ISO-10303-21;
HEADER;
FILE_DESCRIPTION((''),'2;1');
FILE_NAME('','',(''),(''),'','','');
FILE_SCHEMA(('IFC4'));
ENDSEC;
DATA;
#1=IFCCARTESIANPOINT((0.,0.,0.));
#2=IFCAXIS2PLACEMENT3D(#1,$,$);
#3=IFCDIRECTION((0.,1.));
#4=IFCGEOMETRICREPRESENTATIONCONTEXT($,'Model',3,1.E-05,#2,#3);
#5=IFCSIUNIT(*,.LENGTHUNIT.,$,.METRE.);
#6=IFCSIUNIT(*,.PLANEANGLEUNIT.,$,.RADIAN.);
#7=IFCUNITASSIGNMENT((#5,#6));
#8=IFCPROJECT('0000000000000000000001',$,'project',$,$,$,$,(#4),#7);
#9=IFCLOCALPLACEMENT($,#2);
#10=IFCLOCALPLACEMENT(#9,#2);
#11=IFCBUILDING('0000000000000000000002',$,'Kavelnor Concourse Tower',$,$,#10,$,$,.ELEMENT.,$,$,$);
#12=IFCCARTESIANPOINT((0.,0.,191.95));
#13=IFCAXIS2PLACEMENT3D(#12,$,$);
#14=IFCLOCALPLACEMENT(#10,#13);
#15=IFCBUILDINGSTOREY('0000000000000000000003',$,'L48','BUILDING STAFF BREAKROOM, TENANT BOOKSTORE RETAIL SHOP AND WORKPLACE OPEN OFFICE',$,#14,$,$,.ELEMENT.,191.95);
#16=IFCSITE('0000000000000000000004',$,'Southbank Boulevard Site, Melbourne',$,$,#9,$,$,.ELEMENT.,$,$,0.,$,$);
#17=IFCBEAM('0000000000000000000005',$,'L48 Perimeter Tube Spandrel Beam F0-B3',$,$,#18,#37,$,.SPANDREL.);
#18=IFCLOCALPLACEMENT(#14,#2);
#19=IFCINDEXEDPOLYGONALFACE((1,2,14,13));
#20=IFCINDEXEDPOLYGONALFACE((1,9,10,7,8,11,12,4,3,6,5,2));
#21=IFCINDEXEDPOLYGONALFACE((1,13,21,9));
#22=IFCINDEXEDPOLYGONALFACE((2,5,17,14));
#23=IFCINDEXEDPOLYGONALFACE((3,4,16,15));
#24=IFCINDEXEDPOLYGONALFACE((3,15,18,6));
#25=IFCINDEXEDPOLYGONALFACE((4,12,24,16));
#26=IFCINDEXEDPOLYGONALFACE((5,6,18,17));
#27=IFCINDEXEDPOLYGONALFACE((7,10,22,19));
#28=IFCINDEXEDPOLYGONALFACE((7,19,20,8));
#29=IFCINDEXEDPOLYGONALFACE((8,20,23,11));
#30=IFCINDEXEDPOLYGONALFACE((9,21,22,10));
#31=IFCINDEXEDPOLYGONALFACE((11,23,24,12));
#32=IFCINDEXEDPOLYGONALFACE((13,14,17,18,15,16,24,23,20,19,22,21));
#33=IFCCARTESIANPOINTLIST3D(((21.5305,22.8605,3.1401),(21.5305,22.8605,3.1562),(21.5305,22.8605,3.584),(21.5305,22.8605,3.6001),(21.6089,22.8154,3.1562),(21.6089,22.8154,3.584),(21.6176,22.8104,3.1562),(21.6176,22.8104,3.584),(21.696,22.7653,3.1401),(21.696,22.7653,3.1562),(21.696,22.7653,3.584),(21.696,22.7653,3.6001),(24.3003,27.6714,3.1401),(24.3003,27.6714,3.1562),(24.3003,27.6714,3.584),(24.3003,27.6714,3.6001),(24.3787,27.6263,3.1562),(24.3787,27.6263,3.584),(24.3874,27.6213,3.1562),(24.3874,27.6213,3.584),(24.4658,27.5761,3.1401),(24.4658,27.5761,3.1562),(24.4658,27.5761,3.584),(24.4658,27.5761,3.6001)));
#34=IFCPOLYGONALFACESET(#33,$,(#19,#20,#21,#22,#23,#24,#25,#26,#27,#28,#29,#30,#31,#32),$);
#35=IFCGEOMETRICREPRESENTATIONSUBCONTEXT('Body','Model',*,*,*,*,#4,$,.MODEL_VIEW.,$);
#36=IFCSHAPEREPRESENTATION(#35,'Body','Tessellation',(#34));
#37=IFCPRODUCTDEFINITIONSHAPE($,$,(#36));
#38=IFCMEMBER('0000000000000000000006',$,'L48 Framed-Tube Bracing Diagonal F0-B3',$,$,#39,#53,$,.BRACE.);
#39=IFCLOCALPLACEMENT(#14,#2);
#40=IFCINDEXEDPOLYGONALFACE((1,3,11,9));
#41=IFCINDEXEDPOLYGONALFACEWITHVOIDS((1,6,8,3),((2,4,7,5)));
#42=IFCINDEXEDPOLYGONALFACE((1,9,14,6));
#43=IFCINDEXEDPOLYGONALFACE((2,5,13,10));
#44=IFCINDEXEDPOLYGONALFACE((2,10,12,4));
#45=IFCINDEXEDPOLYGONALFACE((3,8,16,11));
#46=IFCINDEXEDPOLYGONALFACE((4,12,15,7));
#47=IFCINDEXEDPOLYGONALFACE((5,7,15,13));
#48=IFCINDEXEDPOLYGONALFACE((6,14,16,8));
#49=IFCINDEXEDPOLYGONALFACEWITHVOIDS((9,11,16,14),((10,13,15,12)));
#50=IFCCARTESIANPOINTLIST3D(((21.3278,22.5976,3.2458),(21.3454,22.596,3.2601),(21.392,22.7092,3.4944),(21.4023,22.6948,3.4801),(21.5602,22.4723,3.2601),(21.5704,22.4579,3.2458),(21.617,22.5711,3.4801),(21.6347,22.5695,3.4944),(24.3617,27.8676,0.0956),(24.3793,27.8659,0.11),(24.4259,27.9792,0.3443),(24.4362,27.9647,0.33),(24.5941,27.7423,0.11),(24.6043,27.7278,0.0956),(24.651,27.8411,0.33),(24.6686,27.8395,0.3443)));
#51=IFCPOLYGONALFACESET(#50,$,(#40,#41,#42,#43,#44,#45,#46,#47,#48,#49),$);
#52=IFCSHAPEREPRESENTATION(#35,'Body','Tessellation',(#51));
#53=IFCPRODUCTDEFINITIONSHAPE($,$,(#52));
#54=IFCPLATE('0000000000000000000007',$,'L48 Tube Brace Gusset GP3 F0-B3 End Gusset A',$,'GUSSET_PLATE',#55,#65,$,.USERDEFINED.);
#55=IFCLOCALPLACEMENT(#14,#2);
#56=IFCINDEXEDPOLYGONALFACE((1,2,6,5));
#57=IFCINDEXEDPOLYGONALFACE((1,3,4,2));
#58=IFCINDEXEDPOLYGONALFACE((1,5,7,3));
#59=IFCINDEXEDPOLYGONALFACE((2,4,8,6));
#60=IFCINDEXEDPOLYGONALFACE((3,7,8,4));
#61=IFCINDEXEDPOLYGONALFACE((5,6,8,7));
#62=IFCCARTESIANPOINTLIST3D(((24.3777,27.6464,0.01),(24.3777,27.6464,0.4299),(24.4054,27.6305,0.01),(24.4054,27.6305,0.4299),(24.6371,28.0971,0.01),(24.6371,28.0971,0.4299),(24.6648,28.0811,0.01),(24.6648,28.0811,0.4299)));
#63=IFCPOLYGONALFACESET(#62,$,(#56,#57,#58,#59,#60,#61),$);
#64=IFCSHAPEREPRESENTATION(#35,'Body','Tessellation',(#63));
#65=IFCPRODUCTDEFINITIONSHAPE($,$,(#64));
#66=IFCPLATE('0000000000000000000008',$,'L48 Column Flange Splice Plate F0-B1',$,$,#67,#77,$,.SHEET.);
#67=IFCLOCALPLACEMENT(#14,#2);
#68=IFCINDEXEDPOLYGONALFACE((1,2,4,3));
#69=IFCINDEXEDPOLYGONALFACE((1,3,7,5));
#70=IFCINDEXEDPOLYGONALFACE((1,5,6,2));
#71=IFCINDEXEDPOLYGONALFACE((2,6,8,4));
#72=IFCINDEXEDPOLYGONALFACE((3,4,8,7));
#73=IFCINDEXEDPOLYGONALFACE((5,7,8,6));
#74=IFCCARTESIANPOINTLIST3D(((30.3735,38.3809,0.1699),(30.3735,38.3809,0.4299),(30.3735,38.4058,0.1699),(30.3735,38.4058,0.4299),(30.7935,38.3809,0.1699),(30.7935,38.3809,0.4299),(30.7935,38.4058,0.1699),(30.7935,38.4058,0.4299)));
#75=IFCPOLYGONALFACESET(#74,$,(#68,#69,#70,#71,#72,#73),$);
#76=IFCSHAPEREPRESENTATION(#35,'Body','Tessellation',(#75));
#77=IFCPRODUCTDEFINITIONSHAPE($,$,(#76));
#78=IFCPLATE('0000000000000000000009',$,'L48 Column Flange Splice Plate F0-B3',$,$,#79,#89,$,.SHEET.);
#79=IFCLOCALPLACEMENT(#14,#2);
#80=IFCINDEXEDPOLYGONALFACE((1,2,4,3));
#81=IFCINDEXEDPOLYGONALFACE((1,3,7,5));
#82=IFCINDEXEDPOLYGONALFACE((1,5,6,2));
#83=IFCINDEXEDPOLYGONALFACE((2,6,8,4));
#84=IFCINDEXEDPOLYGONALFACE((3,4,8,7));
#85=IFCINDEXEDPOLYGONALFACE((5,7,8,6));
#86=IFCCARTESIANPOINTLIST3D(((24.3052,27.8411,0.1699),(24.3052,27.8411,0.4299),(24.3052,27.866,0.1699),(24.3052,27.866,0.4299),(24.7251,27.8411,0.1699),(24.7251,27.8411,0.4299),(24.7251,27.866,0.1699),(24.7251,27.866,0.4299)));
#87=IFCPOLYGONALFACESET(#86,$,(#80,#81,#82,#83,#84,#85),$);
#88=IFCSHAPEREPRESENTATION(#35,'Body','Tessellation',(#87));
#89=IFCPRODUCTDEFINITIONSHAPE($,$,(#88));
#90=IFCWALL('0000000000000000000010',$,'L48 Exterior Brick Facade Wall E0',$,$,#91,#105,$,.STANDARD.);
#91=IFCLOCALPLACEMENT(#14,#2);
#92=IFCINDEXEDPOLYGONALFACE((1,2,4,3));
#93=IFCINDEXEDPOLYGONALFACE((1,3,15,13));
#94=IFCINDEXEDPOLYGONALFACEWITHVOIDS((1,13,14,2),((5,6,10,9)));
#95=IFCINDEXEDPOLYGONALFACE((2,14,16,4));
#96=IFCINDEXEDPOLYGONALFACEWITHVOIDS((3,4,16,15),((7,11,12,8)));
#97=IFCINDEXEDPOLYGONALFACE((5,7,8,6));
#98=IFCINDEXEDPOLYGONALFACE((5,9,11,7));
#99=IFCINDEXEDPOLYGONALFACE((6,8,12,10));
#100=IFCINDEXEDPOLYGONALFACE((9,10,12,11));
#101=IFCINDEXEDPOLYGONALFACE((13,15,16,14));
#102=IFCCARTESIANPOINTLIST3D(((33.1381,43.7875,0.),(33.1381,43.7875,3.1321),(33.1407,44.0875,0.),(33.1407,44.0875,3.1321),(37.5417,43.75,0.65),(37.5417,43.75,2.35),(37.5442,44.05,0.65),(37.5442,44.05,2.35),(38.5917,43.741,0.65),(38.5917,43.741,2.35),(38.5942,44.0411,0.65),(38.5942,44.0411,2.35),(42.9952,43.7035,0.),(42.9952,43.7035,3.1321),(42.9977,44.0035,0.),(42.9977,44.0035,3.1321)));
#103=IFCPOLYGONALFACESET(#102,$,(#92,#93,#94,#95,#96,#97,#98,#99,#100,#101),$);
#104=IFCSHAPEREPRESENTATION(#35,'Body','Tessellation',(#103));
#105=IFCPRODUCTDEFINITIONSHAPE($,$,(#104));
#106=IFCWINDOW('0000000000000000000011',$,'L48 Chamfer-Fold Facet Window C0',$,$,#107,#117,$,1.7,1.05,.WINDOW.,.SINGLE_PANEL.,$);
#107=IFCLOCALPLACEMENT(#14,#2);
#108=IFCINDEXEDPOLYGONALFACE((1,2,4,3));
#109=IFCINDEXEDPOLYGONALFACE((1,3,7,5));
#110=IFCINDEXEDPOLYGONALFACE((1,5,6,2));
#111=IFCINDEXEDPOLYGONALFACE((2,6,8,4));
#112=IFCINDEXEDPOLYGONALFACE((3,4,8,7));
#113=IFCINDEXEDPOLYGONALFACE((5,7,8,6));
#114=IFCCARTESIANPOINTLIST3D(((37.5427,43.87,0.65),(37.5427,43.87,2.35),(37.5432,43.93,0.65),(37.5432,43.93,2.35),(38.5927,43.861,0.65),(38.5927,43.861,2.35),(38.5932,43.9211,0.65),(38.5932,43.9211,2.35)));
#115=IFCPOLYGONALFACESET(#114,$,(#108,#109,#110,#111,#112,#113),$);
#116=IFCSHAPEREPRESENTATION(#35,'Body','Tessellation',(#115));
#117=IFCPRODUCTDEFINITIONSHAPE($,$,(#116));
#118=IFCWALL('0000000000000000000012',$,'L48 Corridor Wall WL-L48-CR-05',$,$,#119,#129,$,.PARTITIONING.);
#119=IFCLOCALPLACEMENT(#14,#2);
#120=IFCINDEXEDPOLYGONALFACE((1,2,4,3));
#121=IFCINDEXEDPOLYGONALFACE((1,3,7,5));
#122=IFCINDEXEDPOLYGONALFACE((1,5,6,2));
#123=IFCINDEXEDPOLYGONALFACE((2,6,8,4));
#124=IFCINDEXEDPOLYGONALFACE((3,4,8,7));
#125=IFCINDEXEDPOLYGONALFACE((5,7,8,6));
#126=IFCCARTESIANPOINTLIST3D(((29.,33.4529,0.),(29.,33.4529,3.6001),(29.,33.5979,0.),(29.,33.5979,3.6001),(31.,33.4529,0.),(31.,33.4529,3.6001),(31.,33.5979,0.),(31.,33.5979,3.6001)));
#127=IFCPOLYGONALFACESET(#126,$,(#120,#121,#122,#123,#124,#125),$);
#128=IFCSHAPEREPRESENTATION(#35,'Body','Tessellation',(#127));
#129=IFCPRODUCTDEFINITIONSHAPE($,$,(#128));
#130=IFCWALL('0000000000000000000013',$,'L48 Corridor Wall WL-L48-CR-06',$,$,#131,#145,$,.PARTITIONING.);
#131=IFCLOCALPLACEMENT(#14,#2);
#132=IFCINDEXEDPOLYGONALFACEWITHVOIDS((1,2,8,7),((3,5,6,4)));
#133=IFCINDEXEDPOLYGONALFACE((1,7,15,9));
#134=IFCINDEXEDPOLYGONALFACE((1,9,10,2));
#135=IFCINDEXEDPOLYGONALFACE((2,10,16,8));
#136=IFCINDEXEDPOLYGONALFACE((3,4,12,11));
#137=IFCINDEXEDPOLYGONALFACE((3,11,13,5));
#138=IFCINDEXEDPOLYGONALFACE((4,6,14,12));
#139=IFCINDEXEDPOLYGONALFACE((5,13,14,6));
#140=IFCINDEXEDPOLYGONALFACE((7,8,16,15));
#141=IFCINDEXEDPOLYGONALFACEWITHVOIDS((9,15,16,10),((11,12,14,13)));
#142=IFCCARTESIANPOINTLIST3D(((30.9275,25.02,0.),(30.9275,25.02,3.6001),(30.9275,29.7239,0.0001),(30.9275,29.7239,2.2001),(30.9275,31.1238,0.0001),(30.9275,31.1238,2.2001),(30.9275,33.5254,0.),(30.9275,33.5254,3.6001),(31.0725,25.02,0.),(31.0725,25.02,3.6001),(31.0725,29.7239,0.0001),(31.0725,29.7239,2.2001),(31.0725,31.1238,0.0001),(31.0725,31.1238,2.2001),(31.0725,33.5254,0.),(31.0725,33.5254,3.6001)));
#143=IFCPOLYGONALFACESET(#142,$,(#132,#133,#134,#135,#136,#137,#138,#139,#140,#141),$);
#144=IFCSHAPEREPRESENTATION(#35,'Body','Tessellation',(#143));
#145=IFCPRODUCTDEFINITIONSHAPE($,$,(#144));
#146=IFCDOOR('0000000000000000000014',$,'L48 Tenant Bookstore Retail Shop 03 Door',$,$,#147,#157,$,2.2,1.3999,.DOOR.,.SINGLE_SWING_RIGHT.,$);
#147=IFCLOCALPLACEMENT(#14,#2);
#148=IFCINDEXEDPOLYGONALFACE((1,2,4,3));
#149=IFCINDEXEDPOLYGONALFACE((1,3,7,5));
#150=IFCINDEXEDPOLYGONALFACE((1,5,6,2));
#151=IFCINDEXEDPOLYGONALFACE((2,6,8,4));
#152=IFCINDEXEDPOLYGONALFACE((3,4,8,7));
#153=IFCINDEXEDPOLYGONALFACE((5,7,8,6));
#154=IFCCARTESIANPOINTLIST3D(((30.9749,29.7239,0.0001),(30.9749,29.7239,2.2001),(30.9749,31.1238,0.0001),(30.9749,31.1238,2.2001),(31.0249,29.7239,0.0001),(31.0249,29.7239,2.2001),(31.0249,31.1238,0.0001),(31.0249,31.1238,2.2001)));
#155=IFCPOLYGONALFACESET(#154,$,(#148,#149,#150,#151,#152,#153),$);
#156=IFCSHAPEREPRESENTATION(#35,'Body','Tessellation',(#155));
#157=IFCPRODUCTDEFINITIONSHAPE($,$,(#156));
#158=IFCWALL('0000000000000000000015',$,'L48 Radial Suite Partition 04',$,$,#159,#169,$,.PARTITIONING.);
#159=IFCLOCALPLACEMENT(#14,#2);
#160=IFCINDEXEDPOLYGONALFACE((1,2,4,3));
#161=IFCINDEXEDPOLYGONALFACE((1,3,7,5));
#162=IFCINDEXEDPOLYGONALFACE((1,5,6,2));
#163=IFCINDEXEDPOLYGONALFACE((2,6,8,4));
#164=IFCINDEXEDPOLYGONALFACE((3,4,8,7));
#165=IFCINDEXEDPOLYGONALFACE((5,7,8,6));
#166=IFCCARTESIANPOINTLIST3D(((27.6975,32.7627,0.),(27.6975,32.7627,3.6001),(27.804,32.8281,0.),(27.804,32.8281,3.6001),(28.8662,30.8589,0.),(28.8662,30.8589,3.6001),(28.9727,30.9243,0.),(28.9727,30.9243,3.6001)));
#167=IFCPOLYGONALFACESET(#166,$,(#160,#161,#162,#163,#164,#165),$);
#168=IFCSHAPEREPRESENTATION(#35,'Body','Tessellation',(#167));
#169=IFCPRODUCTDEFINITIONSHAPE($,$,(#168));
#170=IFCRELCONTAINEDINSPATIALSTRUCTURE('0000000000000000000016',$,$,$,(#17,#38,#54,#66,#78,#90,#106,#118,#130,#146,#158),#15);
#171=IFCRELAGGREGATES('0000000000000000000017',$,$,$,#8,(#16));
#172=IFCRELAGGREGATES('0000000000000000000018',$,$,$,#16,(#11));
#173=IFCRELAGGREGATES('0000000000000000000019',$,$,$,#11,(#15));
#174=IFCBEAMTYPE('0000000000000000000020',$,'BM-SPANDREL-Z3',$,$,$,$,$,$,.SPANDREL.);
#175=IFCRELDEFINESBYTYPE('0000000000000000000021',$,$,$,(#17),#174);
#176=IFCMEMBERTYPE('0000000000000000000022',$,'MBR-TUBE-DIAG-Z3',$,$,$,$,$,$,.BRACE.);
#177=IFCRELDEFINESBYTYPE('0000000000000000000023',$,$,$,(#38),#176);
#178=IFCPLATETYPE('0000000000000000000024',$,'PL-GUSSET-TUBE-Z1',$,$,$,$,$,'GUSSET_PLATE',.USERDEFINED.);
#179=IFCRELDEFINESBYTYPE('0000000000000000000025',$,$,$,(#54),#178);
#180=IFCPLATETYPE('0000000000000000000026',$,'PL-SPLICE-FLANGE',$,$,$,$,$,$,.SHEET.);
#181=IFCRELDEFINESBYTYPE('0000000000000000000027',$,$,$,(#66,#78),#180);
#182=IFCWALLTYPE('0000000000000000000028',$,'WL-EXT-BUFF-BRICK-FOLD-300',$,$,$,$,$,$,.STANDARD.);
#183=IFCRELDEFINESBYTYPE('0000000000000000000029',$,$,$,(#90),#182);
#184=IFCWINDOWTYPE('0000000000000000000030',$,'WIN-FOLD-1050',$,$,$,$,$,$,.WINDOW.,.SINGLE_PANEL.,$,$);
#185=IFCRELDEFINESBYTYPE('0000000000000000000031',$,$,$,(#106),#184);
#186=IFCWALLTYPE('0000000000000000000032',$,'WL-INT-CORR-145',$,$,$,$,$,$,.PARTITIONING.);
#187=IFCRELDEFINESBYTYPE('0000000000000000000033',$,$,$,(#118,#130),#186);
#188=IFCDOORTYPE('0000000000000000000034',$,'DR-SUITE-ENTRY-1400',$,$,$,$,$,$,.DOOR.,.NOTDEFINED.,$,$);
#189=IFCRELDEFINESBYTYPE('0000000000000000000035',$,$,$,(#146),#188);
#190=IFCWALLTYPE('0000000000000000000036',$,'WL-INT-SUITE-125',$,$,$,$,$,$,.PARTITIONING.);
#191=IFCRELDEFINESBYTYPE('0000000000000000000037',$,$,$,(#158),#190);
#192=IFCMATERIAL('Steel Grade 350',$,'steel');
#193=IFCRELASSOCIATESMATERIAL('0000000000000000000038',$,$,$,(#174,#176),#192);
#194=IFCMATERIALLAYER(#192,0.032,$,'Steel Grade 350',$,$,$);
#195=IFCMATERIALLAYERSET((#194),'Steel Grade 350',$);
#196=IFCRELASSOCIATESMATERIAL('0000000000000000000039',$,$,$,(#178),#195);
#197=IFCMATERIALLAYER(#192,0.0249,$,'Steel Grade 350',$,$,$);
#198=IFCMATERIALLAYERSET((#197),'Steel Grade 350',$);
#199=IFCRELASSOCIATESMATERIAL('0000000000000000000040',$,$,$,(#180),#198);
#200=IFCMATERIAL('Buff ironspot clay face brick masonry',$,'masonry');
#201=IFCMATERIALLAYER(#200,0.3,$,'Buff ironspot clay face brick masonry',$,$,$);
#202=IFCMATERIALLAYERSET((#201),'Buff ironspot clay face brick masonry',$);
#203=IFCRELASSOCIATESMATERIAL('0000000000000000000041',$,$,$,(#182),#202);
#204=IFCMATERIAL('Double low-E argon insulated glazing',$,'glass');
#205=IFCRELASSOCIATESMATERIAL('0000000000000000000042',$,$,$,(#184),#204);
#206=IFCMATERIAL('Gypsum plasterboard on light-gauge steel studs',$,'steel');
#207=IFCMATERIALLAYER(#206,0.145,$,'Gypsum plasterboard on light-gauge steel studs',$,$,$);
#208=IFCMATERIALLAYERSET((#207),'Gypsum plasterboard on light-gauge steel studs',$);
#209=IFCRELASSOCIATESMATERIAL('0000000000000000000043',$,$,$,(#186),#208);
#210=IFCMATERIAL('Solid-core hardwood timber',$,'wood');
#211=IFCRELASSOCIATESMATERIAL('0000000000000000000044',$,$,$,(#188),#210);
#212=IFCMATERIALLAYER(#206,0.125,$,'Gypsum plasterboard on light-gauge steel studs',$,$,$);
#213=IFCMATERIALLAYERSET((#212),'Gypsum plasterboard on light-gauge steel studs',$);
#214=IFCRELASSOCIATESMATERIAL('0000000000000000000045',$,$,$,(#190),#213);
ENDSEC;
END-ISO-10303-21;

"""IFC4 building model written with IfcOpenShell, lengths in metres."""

from ifc_helpers import new_model, si_unit, direction, frame, frame_2d, origin, origin_2d, place, context, subcontext, project, spatial, rectangle, hollow_rectangle, i_section, extrude, material, layer, layer_set, material_profile, profile_set, type_object, element, fill, save


model = new_model("IFC4")

# Units and contexts
model_context = context("Model", 3, precision=1e-05, world=origin(), true_north=direction((0.0, 1.0)))
body_context = subcontext(model_context, "Body", "Model", "MODEL_VIEW")
ifc_project = project(units=[si_unit("LENGTHUNIT", "METRE"), si_unit("PLANEANGLEUNIT", "RADIAN")], contexts=[model_context])

# Site, building, storey
site_placement = place(None, origin())
site = spatial("IfcSite", under=ifc_project, at=site_placement, Name="Southbank Boulevard Site, Melbourne", CompositionType="ELEMENT", RefElevation=0.0)
building_placement = place(site_placement, origin())
building = spatial("IfcBuilding", under=site, at=building_placement, Name="Kavelnor Concourse Tower", CompositionType="ELEMENT")
storey_placement = place(building_placement, frame((0.0, 0.0, 191.95)))
storey = spatial("IfcBuildingStorey", under=building, at=storey_placement, Name="L48", Description="BUILDING STAFF BREAKROOM, TENANT BOOKSTORE RETAIL SHOP AND WORKPLACE OPEN OFFICE", CompositionType="ELEMENT", Elevation=191.95)

# Shared definitions
ifc_material_1 = material(Name="Steel Grade 350", Category="steel")

# Beam
ifc_material_profile_1 = material_profile(ifc_material_1, i_section(OverallWidth=0.1909, OverallDepth=0.46, WebThickness=0.01, FlangeThickness=0.0161, at=origin_2d()), Name="460UB82")
ifc_profile_set_1 = profile_set([ifc_material_profile_1], Name="Steel Grade 350")
beam_type_1 = type_object("IfcBeamType", Name="BM-SPANDREL-Z3", PredefinedType="SPANDREL", material=ifc_profile_set_1)
beam_1_placement = place(storey_placement, frame((24.3831, 27.6238, 3.3701), z_axis=(-0.498954, -0.866628, 0.0), x_axis=(0.866628, -0.498954, 0.0)))
element("IfcBeam", 1, at=beam_1_placement, inside=storey, type_object=beam_type_1, Name="L48 Perimeter Tube Spandrel Beam F0-B3", PredefinedType="SPANDREL", context=body_context, shape_type="SweptSolid", body=[
    extrude(i_section(OverallWidth=0.1909, OverallDepth=0.46, WebThickness=0.01, FlangeThickness=0.0161, at=origin_2d()), origin(), (0.0, 0.0, 1.0), 5.5513),
])

# Member
ifc_material_profile_2 = material_profile(ifc_material_1, hollow_rectangle(XDim=0.28, YDim=0.28, WallThickness=0.0161, at=origin_2d()), Name="SHS 280x280x16")
ifc_profile_set_2 = profile_set([ifc_material_profile_2], Name="Steel Grade 350")
member_type = type_object("IfcMemberType", Name="MBR-TUBE-DIAG-Z3", PredefinedType="BRACE", material=ifc_profile_set_2)
member_placement = place(storey_placement, frame((24.5151, 27.8535, 0.22), z_axis=(-0.44301, -0.76952, 0.459979), x_axis=(0.866645, -0.498925, 0.0)))
element("IfcMember", 2, at=member_placement, inside=storey, type_object=member_type, Name="L48 Framed-Tube Bracing Diagonal F0-B3", PredefinedType="BRACE", context=body_context, shape_type="SweptSolid", body=[
    extrude(hollow_rectangle(XDim=0.28, YDim=0.28, WallThickness=0.0161, at=origin_2d()), origin(), (0.0, 0.0, 1.0), 6.8484),
])

# Plates
ifc_layer_1 = layer(ifc_material_1, 0.032, Name="Steel Grade 350")
ifc_layer_set_1 = layer_set([ifc_layer_1], Name="Steel Grade 350")
plate_type_1 = type_object("IfcPlateType", Name="PL-GUSSET-TUBE-Z1", ElementType="GUSSET_PLATE", PredefinedType="USERDEFINED", material=ifc_layer_set_1)
plate_placement = place(storey_placement, frame((24.5212, 27.8638, 0.01), z_axis=(0.0, 0.0, 1.0), x_axis=(-0.498942, -0.866636, 0.0)))
element("IfcPlate", 3, at=plate_placement, inside=storey, type_object=plate_type_1, Name="L48 Tube Brace Gusset GP3 F0-B3 End Gusset A", ObjectType="GUSSET_PLATE", PredefinedType="USERDEFINED", context=body_context, shape_type="SweptSolid", body=[
    extrude(rectangle(XDim=0.52, YDim=0.032, at=origin_2d()), origin(), (0.0, 0.0, 1.0), 0.4199),
])
ifc_layer_2 = layer(ifc_material_1, 0.0249, Name="Steel Grade 350")
ifc_layer_set_2 = layer_set([ifc_layer_2], Name="Steel Grade 350")
plate_type_2 = type_object("IfcPlateType", Name="PL-SPLICE-FLANGE", PredefinedType="SHEET", material=ifc_layer_set_2)
for number, where, z_axis, x_axis, name in (
    (4, (30.5835, 38.3933, 0.1699), (0.0, 0.0, 1.0), (1.0, 0.0, 0.0), "L48 Column Flange Splice Plate F0-B1"),
    (5, (24.5151, 27.8535, 0.1699), (0.0, 0.0, 1.0), (1.0, 0.0, 0.0), "L48 Column Flange Splice Plate F0-B3"),
):
    element("IfcPlate", number, at=place(storey_placement, frame(where, z_axis=z_axis, x_axis=x_axis)), inside=storey, type_object=plate_type_2, Name=name, PredefinedType="SHEET", context=body_context, shape_type="SweptSolid", body=[
        extrude(rectangle(XDim=0.4199, YDim=0.0249, at=origin_2d()), origin(), (0.0, 0.0, 1.0), 0.26),
    ])

# Wall, opening, window
ifc_material_2 = material(Name="Buff ironspot clay face brick masonry", Category="masonry")
ifc_layer_3 = layer(ifc_material_2, 0.3, Name="Buff ironspot clay face brick masonry")
ifc_layer_set_3 = layer_set([ifc_layer_3], Name="Buff ironspot clay face brick masonry")
wall_type_1 = type_object("IfcWallType", Name="WL-EXT-BUFF-BRICK-FOLD-300", PredefinedType="STANDARD", material=ifc_layer_set_3)
wall_1_placement = place(storey_placement, frame((33.1394, 43.9375, 0.0), z_axis=(0.0, 0.0, 1.0), x_axis=(0.999964, -0.00852, 0.0)))
wall_1 = element("IfcWall", 6, at=wall_1_placement, inside=storey, type_object=wall_type_1, Name="L48 Exterior Brick Facade Wall E0", PredefinedType="STANDARD", context=body_context, shape_type="SweptSolid", body=[
    extrude(rectangle(XDim=9.8574, YDim=0.3, at=frame_2d((4.9287, 0.0))), origin(), (0.0, 0.0, 1.0), 3.1321),
])
opening_1_placement = place(wall_1_placement, frame((4.4038, 0.0, 0.6499)))
opening_1 = element("IfcOpeningElement", 7, at=opening_1_placement, cuts=wall_1, PredefinedType="OPENING", context=body_context, shape_type="SweptSolid", body=[
    extrude(rectangle(XDim=1.05, YDim=1.7, at=frame_2d((0.5249, 0.8501))), frame((0.0, 0.1602, 0.0), z_axis=(0.0, -1.0, 0.0), x_axis=(1.0, 0.0, 0.0)), (0.0, 0.0, 1.0), 0.3201),
])
ifc_material_3 = material(Name="Double low-E argon insulated glazing", Category="glass")
window_type = type_object("IfcWindowType", Name="WIN-FOLD-1050", PartitioningType="SINGLE_PANEL", PredefinedType="WINDOW", material=ifc_material_3)
window_placement = place(opening_1_placement, origin())
window = element("IfcWindow", 8, at=window_placement, inside=storey, type_object=window_type, Name="L48 Chamfer-Fold Facet Window C0", OverallHeight=1.7, OverallWidth=1.05, PartitioningType="SINGLE_PANEL", PredefinedType="WINDOW", context=body_context, shape_type="SweptSolid", body=[
    extrude(rectangle(XDim=1.05, YDim=1.7, at=frame_2d((0.5249, 0.8501))), frame((0.0, 0.03, 0.0), z_axis=(0.0, -1.0, 0.0), x_axis=(1.0, 0.0, 0.0)), (0.0, 0.0, 1.0), 0.0601),
])
fill(opening_1, window)

# Wall
ifc_material_4 = material(Name="Gypsum plasterboard on light-gauge steel studs", Category="steel")
ifc_layer_4 = layer(ifc_material_4, 0.145, Name="Gypsum plasterboard on light-gauge steel studs")
ifc_layer_set_4 = layer_set([ifc_layer_4], Name="Gypsum plasterboard on light-gauge steel studs")
wall_type_2 = type_object("IfcWallType", Name="WL-INT-CORR-145", PredefinedType="PARTITIONING", material=ifc_layer_set_4)
wall_2_placement = place(storey_placement, frame((29.0, 33.5254, 0.0), z_axis=(0.0, 0.0, 1.0), x_axis=(1.0, 0.0, 0.0)))
element("IfcWall", 9, at=wall_2_placement, inside=storey, type_object=wall_type_2, Name="L48 Corridor Wall WL-L48-CR-05", PredefinedType="PARTITIONING", context=body_context, shape_type="SweptSolid", body=[
    extrude(rectangle(XDim=2.0, YDim=0.145, at=frame_2d((1.0, 0.0))), origin(), (0.0, 0.0, 1.0), 3.6001),
])

# Wall, opening, door
wall_3_placement = place(storey_placement, frame((31.0, 33.5254, 0.0), z_axis=(0.0, 0.0, 1.0), x_axis=(0.0, -1.0, 0.0)))
wall_3 = element("IfcWall", 10, at=wall_3_placement, inside=storey, type_object=wall_type_2, Name="L48 Corridor Wall WL-L48-CR-06", PredefinedType="PARTITIONING", context=body_context, shape_type="SweptSolid", body=[
    extrude(rectangle(XDim=8.5054, YDim=0.145, at=frame_2d((4.2527, 0.0))), origin(), (0.0, 0.0, 1.0), 3.6001),
])
opening_2_placement = place(wall_3_placement, frame((2.4016, 0.0, 0.0)))
opening_2 = element("IfcOpeningElement", 11, at=opening_2_placement, cuts=wall_3, PredefinedType="OPENING", context=body_context, shape_type="SweptSolid", body=[
    extrude(rectangle(XDim=1.3999, YDim=2.2, at=frame_2d((0.7, 1.1001))), frame((0.0, 0.0825, 0.0), z_axis=(0.0, -1.0, 0.0), x_axis=(1.0, 0.0, 0.0)), (0.0, 0.0, 1.0), 0.165),
])
ifc_material_5 = material(Name="Solid-core hardwood timber", Category="wood")
door_type = type_object("IfcDoorType", Name="DR-SUITE-ENTRY-1400", OperationType="NOTDEFINED", PredefinedType="DOOR", material=ifc_material_5)
door_placement = place(opening_2_placement, origin())
door = element("IfcDoor", 12, at=door_placement, inside=storey, type_object=door_type, Name="L48 Tenant Bookstore Retail Shop 03 Door", OperationType="SINGLE_SWING_RIGHT", OverallHeight=2.2, OverallWidth=1.3999, PredefinedType="DOOR", context=body_context, shape_type="SweptSolid", body=[
    extrude(rectangle(XDim=1.3999, YDim=2.2, at=frame_2d((0.7, 1.1001))), frame((0.0, 0.0249, 0.0), z_axis=(0.0, -1.0, 0.0), x_axis=(1.0, 0.0, 0.0)), (0.0, 0.0, 1.0), 0.05),
])
fill(opening_2, door)

# Wall
ifc_layer_5 = layer(ifc_material_4, 0.125, Name="Gypsum plasterboard on light-gauge steel studs")
ifc_layer_set_5 = layer_set([ifc_layer_5], Name="Gypsum plasterboard on light-gauge steel studs")
wall_type_3 = type_object("IfcWallType", Name="WL-INT-SUITE-125", PredefinedType="PARTITIONING", material=ifc_layer_set_5)
wall_4_placement = place(storey_placement, frame((28.9194, 30.8916, 0.0), z_axis=(0.0, 0.0, 1.0), x_axis=(-0.523164, 0.852232, 0.0)))
element("IfcWall", 13, at=wall_4_placement, inside=storey, type_object=wall_type_3, Name="L48 Radial Suite Partition 04", PredefinedType="PARTITIONING", context=body_context, shape_type="SweptSolid", body=[
    extrude(rectangle(XDim=2.2339, YDim=0.125, at=frame_2d((1.1169, 0.0))), origin(), (0.0, 0.0, 1.0), 3.6001),
])

save(model, "model.ifc")
